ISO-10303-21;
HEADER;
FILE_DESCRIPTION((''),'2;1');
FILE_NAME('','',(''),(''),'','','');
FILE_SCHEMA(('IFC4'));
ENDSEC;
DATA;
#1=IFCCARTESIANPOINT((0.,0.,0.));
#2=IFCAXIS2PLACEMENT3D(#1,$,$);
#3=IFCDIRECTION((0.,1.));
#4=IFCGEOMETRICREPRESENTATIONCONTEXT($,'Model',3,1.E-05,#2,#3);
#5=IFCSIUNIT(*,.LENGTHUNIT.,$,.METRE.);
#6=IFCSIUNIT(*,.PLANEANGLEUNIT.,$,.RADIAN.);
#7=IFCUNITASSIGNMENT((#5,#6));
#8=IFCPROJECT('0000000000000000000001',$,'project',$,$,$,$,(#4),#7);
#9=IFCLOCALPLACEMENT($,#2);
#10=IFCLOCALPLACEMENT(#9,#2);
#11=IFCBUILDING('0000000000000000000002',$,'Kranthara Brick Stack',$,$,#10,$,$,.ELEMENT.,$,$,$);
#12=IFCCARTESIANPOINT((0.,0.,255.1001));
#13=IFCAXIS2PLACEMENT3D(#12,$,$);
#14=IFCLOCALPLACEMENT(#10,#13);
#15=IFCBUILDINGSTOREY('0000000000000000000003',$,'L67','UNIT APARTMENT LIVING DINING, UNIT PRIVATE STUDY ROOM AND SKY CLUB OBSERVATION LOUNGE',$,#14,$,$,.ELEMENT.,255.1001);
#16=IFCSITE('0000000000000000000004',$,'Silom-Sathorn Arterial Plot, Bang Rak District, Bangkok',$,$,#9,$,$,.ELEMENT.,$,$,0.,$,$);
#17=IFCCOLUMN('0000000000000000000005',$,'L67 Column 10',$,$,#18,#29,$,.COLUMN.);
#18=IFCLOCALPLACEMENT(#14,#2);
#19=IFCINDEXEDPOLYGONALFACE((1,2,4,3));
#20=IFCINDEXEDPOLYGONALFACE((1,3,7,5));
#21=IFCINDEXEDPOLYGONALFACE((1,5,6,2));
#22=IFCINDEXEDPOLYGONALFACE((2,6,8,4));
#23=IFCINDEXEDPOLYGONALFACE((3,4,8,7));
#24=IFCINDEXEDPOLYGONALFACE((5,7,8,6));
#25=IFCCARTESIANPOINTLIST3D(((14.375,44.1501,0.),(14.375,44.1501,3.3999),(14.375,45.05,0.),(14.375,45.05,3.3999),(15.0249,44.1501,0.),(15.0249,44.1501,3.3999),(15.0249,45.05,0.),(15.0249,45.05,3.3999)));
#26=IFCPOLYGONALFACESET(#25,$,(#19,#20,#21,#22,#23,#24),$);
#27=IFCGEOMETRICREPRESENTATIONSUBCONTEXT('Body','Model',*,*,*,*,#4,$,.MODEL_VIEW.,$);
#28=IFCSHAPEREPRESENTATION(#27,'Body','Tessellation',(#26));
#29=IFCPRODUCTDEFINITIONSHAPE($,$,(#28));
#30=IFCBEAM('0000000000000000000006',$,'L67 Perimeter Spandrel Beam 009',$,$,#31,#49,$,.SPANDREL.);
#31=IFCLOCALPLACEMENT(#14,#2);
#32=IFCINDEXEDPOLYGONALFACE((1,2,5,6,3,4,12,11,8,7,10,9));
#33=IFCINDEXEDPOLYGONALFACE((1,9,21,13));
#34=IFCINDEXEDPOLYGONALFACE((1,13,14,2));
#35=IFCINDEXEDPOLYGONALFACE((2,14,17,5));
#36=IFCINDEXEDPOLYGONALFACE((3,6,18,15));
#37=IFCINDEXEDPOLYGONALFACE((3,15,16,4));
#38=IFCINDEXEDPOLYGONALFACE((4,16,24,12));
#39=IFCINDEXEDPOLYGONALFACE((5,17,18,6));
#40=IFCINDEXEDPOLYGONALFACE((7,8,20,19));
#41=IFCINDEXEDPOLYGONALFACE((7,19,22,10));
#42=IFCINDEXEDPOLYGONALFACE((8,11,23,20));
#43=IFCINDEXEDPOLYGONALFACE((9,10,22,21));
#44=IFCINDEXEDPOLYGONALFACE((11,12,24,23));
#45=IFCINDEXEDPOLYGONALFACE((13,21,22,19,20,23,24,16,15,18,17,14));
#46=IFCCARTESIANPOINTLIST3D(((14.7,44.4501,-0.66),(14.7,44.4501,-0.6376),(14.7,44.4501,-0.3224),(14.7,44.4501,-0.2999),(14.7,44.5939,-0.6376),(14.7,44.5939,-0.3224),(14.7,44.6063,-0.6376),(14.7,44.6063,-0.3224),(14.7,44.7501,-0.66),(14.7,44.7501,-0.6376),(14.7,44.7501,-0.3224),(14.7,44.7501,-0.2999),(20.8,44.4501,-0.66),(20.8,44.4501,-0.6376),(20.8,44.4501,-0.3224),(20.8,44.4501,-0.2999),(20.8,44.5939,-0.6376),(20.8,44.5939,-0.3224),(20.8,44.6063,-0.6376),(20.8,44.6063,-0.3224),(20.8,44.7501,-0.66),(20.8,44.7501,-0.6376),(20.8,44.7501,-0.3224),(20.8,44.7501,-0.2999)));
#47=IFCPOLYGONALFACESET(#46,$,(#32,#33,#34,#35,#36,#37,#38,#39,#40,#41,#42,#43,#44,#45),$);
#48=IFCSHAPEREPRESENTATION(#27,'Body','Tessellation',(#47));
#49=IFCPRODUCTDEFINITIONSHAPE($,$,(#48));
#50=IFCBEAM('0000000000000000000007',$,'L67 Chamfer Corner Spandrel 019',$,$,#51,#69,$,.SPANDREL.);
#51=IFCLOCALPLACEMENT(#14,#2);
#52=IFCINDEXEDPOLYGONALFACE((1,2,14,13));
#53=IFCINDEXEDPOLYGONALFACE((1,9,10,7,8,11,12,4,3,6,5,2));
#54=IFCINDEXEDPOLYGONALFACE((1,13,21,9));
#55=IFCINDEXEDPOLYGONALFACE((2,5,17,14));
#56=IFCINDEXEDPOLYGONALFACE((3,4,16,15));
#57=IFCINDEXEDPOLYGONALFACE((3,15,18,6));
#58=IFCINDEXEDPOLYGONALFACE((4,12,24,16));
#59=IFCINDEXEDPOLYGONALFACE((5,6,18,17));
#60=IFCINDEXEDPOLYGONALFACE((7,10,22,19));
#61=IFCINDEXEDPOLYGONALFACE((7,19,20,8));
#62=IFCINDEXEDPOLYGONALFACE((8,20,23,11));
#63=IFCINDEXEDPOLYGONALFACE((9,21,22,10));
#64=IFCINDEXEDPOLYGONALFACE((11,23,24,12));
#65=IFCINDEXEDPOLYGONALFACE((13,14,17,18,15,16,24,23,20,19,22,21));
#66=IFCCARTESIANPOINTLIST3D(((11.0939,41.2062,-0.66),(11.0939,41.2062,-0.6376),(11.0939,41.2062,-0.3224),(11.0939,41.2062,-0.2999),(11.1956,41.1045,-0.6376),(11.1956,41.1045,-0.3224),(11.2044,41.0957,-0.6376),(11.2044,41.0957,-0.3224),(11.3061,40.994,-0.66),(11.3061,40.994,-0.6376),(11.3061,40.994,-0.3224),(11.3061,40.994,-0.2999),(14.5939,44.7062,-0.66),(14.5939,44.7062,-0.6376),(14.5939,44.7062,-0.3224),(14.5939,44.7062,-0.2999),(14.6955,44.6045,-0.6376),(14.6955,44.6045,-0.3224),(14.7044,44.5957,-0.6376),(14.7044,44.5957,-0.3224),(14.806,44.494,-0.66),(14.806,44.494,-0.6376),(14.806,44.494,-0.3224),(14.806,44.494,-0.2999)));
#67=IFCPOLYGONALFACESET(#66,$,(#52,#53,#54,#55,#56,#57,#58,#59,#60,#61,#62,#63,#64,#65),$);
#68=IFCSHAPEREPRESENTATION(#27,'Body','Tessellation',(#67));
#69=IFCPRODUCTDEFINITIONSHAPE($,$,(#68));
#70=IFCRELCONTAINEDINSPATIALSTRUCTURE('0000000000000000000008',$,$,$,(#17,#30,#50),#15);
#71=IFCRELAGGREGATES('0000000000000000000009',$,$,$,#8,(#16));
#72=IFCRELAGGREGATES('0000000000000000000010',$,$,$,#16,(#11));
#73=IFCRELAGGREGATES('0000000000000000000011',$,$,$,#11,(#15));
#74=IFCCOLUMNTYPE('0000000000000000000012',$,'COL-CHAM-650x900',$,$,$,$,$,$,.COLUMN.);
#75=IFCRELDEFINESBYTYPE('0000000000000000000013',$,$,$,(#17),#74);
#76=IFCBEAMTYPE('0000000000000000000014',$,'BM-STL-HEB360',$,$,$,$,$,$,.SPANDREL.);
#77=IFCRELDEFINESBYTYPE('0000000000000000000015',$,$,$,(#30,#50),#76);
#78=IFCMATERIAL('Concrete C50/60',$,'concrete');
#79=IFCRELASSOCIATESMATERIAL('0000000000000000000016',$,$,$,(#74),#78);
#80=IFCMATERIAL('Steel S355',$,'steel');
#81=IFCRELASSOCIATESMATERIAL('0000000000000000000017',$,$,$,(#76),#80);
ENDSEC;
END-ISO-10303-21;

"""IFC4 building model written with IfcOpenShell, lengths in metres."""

from ifc_helpers import new_model, si_unit, direction, frame, origin, origin_2d, place, context, subcontext, project, spatial, rectangle, i_section, extrude, material, material_profile, profile_set, type_object, element, save


model = new_model("IFC4")

# Units and contexts
model_context = context("Model", 3, precision=1e-05, world=origin(), true_north=direction((0.0, 1.0)))
body_context = subcontext(model_context, "Body", "Model", "MODEL_VIEW")
ifc_project = project(units=[si_unit("LENGTHUNIT", "METRE"), si_unit("PLANEANGLEUNIT", "RADIAN")], contexts=[model_context])

# Site, building, storey
site_placement = place(None, origin())
site = spatial("IfcSite", under=ifc_project, at=site_placement, Name="Silom-Sathorn Arterial Plot, Bang Rak District, Bangkok", CompositionType="ELEMENT", RefElevation=0.0)
building_placement = place(site_placement, origin())
building = spatial("IfcBuilding", under=site, at=building_placement, Name="Kranthara Brick Stack", CompositionType="ELEMENT")
storey_placement = place(building_placement, frame((0.0, 0.0, 255.1001)))
storey = spatial("IfcBuildingStorey", under=building, at=storey_placement, Name="L67", Description="UNIT APARTMENT LIVING DINING, UNIT PRIVATE STUDY ROOM AND SKY CLUB OBSERVATION LOUNGE", CompositionType="ELEMENT", Elevation=255.1001)

# Column
ifc_material_1 = material(Name="Concrete C50/60", Category="concrete")
ifc_material_profile_1 = material_profile(ifc_material_1, rectangle(XDim=0.6499, YDim=0.8999, at=origin_2d()), Name="RC 650x900")
ifc_profile_set_1 = profile_set([ifc_material_profile_1], Name="Concrete C50/60")
column_type = type_object("IfcColumnType", Name="COL-CHAM-650x900", PredefinedType="COLUMN", material=ifc_profile_set_1)
column_placement = place(storey_placement, frame((14.7, 44.6001, 0.0), z_axis=(0.0, 0.0, 1.0), x_axis=(1.0, 0.0, 0.0)))
element("IfcColumn", 1, at=column_placement, inside=storey, type_object=column_type, Name="L67 Column 10", PredefinedType="COLUMN", context=body_context, shape_type="SweptSolid", body=[
    extrude(rectangle(XDim=0.6499, YDim=0.8999, at=origin_2d()), origin(), (0.0, 0.0, 1.0), 3.3999),
])

# Beams
ifc_material_2 = material(Name="Steel S355", Category="steel")
ifc_material_profile_2 = material_profile(ifc_material_2, i_section(OverallWidth=0.3, OverallDepth=0.3601, WebThickness=0.0125, FlangeThickness=0.0225, at=origin_2d()), Name="HEB 360")
ifc_profile_set_2 = profile_set([ifc_material_profile_2], Name="Steel S355")
beam_type = type_object("IfcBeamType", Name="BM-STL-HEB360", PredefinedType="SPANDREL", material=ifc_profile_set_2)
beam_1_placement = place(storey_placement, frame((14.7, 44.6001, -0.48), z_axis=(1.0, 0.0, 0.0), x_axis=(0.0, 1.0, 0.0)))
element("IfcBeam", 2, at=beam_1_placement, inside=storey, type_object=beam_type, Name="L67 Perimeter Spandrel Beam 009", PredefinedType="SPANDREL", context=body_context, shape_type="SweptSolid", body=[
    extrude(i_section(OverallWidth=0.3, OverallDepth=0.3601, WebThickness=0.0125, FlangeThickness=0.0225, at=origin_2d()), origin(), (0.0, 0.0, 1.0), 6.1001),
])
beam_2_placement = place(storey_placement, frame((14.7, 44.6001, -0.48), z_axis=(-0.707107, -0.707107, 0.0), x_axis=(0.707107, -0.707107, 0.0)))
element("IfcBeam", 3, at=beam_2_placement, inside=storey, type_object=beam_type, Name="L67 Chamfer Corner Spandrel 019", PredefinedType="SPANDREL", context=body_context, shape_type="SweptSolid", body=[
    extrude(i_section(OverallWidth=0.3, OverallDepth=0.3601, WebThickness=0.0125, FlangeThickness=0.0225, at=origin_2d()), origin(), (0.0, 0.0, 1.0), 4.9497),
])

save(model, "model.ifc")
